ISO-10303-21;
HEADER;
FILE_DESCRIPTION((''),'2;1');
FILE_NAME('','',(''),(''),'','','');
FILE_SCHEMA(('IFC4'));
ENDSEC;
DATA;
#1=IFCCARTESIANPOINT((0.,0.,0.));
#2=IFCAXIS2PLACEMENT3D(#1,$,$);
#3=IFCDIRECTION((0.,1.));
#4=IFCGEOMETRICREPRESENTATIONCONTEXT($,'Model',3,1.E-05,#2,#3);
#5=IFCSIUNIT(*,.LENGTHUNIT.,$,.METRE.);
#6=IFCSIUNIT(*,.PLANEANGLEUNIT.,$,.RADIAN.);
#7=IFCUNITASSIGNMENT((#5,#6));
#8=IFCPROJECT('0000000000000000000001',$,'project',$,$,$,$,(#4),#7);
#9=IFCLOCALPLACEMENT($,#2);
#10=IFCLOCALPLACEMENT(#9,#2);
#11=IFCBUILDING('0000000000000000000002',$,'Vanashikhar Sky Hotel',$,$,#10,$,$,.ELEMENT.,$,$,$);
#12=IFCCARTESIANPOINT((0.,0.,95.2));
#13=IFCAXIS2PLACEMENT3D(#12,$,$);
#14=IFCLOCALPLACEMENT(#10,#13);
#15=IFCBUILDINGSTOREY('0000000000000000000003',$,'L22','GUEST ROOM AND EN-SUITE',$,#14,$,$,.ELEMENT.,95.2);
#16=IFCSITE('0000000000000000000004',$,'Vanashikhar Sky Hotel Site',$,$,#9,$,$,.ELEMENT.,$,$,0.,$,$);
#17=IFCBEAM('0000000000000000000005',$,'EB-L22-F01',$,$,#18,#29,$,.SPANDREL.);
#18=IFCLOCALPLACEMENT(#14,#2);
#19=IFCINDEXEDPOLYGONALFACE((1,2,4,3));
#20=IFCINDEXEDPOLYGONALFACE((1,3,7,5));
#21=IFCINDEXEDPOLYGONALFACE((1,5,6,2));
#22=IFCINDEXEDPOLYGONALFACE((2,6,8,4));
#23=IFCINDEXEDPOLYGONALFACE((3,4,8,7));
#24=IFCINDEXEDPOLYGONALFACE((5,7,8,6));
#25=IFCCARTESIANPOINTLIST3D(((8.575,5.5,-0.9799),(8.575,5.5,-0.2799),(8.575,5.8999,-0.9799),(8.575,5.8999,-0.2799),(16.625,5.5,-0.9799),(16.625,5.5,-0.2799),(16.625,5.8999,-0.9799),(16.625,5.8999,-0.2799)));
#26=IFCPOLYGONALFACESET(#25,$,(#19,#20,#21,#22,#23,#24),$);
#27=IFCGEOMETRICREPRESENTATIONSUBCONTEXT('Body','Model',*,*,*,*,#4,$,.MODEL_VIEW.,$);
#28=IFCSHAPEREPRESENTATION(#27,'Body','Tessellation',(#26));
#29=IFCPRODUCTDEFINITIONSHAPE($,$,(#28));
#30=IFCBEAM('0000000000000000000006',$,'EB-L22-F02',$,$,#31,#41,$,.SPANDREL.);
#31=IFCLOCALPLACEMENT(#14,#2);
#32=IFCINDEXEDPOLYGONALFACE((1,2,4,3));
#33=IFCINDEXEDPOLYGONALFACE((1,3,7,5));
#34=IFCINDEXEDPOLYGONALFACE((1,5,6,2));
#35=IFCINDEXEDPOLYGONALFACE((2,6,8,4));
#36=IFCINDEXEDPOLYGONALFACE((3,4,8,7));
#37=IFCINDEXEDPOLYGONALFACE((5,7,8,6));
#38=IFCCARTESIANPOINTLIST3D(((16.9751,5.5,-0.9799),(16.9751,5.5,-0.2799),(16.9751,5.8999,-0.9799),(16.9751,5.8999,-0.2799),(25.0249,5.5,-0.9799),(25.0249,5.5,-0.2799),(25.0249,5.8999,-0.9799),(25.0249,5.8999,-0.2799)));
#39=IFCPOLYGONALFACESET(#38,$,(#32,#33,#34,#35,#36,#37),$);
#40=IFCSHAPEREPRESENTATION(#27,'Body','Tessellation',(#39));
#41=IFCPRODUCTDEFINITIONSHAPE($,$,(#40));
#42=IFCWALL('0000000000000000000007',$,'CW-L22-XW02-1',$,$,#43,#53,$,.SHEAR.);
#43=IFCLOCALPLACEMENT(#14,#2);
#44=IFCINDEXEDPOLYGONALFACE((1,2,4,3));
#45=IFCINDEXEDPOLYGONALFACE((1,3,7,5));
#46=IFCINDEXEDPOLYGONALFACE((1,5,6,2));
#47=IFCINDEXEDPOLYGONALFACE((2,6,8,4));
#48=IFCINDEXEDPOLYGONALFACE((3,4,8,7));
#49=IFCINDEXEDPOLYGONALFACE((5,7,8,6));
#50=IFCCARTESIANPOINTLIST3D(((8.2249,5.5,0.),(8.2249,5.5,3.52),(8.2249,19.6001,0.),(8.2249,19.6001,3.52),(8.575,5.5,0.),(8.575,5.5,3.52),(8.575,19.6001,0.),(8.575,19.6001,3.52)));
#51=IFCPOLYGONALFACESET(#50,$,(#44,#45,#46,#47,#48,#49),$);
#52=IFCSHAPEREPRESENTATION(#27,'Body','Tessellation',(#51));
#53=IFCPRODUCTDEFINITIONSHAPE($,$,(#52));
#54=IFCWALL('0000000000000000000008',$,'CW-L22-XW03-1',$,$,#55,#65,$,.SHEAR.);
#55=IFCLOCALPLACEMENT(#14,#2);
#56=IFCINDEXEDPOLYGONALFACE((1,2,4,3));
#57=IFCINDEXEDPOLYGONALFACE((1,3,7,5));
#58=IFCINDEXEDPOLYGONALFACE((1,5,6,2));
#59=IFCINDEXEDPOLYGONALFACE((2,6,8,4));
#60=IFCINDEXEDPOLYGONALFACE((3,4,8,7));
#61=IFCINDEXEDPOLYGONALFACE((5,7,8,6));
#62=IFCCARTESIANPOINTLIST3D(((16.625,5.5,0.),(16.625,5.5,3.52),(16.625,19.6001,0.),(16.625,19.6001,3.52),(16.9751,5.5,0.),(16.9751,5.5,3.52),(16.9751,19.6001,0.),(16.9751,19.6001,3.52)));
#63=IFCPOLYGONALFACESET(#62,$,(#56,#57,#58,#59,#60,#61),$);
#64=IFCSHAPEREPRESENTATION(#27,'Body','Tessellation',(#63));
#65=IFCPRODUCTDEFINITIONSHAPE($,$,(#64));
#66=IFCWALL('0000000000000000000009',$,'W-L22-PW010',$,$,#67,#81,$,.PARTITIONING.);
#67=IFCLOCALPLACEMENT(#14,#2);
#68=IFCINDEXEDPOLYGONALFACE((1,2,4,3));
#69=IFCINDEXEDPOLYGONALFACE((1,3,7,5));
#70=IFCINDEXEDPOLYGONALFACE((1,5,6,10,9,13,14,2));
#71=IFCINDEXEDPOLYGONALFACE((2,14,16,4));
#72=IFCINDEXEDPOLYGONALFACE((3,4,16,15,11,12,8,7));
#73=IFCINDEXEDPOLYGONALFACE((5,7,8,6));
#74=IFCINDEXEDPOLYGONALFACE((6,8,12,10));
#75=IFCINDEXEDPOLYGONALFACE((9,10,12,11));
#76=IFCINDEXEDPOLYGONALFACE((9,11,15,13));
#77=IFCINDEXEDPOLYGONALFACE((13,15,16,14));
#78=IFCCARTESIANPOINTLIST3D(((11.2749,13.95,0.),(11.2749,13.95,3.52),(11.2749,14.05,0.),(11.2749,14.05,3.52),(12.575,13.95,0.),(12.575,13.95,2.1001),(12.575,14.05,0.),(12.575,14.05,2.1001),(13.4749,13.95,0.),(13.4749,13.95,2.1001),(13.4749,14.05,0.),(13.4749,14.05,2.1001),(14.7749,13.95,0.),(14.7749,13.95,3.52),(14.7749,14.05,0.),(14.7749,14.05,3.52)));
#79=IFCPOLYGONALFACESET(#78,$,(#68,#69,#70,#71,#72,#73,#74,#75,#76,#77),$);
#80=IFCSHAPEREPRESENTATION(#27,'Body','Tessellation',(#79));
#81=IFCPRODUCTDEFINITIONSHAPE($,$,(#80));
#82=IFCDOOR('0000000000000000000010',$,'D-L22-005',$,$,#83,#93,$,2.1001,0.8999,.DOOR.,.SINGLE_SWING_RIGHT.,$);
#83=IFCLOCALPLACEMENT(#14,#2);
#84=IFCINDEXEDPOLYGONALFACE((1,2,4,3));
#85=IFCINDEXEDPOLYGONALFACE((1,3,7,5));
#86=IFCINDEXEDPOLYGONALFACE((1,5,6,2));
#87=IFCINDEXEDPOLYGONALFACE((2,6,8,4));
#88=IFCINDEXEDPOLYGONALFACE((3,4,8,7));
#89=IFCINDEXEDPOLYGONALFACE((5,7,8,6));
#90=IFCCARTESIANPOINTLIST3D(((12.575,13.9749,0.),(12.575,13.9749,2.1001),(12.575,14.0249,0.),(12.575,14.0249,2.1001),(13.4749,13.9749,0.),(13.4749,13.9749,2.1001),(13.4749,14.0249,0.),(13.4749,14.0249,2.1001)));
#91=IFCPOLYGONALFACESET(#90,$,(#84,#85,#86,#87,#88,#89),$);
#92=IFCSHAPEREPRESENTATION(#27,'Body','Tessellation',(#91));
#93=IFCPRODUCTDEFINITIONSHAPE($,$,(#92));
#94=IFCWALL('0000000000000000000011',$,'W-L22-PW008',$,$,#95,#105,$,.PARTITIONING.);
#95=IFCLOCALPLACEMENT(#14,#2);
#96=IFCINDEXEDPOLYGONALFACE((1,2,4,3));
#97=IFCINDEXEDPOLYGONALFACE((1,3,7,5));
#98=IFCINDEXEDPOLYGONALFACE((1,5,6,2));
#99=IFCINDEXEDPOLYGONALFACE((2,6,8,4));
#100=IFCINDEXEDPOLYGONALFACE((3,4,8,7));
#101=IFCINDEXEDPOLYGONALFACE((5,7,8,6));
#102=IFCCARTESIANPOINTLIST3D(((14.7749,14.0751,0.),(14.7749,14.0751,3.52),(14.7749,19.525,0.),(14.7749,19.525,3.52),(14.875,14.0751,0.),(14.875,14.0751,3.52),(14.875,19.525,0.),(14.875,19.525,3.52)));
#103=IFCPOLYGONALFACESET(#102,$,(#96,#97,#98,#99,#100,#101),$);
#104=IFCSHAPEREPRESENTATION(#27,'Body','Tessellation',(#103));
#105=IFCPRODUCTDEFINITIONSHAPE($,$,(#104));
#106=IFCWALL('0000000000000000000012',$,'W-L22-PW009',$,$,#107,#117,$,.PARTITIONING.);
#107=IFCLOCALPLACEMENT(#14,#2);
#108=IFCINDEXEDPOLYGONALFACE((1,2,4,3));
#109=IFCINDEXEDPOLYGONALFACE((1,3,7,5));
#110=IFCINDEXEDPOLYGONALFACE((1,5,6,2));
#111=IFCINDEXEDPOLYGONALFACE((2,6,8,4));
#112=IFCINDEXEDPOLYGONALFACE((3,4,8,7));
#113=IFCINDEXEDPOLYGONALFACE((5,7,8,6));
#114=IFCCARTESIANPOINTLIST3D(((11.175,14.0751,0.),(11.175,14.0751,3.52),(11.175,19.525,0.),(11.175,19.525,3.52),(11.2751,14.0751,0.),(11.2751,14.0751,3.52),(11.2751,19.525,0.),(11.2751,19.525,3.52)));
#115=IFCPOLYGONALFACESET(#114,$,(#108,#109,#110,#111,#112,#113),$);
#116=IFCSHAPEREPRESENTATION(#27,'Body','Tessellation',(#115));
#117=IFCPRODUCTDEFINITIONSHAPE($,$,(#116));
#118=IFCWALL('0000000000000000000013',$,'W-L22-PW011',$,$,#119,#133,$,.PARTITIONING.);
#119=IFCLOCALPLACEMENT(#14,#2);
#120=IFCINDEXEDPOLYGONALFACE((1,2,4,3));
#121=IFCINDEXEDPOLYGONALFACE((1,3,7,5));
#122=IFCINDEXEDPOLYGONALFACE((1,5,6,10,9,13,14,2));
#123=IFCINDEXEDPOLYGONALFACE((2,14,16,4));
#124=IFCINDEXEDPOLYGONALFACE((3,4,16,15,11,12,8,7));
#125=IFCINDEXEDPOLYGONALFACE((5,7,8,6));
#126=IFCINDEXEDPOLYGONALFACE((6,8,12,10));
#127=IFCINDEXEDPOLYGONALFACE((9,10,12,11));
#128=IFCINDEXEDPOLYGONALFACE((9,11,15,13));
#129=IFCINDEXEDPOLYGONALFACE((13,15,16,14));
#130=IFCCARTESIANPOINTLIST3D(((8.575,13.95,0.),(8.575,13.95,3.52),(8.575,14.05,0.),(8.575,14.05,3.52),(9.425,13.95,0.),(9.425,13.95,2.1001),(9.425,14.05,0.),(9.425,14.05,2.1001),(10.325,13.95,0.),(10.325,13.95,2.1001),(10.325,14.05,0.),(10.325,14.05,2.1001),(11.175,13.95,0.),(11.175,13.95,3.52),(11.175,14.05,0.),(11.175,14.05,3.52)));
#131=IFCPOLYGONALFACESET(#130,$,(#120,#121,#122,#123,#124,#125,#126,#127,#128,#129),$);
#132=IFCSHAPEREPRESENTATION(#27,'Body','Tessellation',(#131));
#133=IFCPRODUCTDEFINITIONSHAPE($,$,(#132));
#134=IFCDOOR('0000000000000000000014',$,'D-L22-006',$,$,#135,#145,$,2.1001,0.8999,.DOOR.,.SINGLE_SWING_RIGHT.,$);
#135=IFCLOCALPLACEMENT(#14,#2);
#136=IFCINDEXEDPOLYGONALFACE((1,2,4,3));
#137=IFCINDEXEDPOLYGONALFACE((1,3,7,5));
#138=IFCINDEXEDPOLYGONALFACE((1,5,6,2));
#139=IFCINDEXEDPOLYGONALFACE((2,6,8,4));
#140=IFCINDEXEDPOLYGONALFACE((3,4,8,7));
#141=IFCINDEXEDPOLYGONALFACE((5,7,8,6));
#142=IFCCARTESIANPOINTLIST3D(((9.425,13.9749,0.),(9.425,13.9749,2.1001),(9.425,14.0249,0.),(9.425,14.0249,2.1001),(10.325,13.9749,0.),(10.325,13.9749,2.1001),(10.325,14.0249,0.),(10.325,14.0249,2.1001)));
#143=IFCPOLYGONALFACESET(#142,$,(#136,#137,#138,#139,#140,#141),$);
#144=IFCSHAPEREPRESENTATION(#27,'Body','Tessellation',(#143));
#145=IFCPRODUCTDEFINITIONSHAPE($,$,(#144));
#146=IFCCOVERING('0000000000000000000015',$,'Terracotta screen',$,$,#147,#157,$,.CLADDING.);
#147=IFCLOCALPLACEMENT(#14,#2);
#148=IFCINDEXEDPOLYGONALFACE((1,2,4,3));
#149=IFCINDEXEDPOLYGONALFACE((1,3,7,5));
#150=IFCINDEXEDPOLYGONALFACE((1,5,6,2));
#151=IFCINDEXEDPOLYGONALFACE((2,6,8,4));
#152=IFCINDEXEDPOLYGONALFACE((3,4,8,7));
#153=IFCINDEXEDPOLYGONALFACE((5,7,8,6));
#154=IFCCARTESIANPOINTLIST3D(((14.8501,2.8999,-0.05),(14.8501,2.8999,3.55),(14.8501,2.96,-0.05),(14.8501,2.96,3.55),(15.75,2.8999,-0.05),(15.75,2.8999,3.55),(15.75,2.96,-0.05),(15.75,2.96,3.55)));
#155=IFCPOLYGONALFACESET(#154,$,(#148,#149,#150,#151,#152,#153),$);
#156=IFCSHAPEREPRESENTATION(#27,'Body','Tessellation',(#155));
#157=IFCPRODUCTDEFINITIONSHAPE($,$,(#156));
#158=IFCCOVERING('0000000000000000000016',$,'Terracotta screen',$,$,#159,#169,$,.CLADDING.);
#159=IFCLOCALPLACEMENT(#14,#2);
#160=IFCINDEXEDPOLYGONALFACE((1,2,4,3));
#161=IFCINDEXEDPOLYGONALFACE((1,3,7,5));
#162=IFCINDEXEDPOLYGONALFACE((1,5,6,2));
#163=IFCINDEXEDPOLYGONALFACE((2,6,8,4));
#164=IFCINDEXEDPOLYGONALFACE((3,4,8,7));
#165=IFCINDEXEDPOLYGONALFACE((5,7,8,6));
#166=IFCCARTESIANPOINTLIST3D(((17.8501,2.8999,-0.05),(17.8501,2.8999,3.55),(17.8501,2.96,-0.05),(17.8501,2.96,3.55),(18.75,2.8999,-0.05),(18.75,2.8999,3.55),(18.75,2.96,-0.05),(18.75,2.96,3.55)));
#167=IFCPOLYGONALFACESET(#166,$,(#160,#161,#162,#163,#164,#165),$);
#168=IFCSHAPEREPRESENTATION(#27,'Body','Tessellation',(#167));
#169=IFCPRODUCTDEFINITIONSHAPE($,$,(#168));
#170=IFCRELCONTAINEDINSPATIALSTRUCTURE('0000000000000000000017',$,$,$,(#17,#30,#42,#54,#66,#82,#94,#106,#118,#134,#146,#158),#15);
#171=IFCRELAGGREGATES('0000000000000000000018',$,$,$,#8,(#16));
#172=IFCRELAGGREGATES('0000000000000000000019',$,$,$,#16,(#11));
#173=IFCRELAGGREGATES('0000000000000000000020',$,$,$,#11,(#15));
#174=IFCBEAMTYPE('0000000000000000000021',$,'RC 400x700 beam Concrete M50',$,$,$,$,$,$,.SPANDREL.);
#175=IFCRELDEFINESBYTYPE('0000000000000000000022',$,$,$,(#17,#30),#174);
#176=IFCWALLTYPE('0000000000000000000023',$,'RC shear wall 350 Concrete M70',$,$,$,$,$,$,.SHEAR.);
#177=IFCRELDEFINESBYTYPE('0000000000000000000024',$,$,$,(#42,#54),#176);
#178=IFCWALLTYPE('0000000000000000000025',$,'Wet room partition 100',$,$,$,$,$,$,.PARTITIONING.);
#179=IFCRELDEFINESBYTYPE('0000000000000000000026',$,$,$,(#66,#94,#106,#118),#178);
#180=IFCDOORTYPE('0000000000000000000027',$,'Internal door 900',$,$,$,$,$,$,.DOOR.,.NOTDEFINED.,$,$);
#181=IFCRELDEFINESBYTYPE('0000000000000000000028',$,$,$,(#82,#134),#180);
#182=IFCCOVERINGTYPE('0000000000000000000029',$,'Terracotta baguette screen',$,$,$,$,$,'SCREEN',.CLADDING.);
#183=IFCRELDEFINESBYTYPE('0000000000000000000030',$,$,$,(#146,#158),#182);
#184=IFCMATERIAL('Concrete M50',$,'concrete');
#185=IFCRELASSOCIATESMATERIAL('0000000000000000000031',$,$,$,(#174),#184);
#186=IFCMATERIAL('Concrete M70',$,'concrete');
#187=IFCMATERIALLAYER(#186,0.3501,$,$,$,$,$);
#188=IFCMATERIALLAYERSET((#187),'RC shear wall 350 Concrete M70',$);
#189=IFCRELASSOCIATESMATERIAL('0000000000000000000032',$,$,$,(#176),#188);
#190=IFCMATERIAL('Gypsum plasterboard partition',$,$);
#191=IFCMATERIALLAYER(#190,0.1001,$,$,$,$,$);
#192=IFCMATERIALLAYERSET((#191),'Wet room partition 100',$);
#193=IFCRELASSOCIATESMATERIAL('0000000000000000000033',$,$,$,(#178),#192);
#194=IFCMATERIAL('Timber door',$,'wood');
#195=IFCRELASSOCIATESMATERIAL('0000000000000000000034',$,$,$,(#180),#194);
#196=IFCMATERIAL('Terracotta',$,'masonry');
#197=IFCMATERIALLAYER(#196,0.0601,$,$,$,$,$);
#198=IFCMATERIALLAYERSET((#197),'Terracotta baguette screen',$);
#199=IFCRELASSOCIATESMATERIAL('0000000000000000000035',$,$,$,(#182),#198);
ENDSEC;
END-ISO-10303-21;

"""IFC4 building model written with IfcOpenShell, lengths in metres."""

from ifc_helpers import new_model, si_unit, direction, frame, frame_2d, origin, origin_2d, place, context, subcontext, project, spatial, rectangle, extrude, source, transform, mapped, material, layer, layer_set, material_profile, profile_set, type_object, element, fill, save


model = new_model("IFC4")

# Units and contexts
model_context = context("Model", 3, precision=1e-05, world=origin(), true_north=direction((0.0, 1.0)))
body_context = subcontext(model_context, "Body", "Model", "MODEL_VIEW")
ifc_project = project(units=[si_unit("LENGTHUNIT", "METRE"), si_unit("PLANEANGLEUNIT", "RADIAN")], contexts=[model_context])

# Site, building, storey
site_placement = place(None, origin())
site = spatial("IfcSite", under=ifc_project, at=site_placement, Name="Vanashikhar Sky Hotel Site", CompositionType="ELEMENT", RefElevation=0.0)
building_placement = place(site_placement, origin())
building = spatial("IfcBuilding", under=site, at=building_placement, Name="Vanashikhar Sky Hotel", CompositionType="ELEMENT")
storey_placement = place(building_placement, frame((0.0, 0.0, 95.2)))
storey = spatial("IfcBuildingStorey", under=building, at=storey_placement, Name="L22", Description="GUEST ROOM AND EN-SUITE", CompositionType="ELEMENT", Elevation=95.2)

# Beams
ifc_material_1 = material(Name="Concrete M50", Category="concrete")
ifc_material_profile = material_profile(ifc_material_1, rectangle(XDim=0.3999, YDim=0.7, at=origin_2d()))
ifc_profile_set = profile_set([ifc_material_profile], Name="RC 400x700 beam Concrete M50")
beam_type = type_object("IfcBeamType", Name="RC 400x700 beam Concrete M50", PredefinedType="SPANDREL", material=ifc_profile_set)
shared_shape_1 = source(origin(), body_context, "Body", "SweptSolid", [
    extrude(rectangle(XDim=0.3999, YDim=0.7, at=origin_2d()), origin(), (0.0, 0.0, 1.0), 8.05),
])
beam_1_placement = place(storey_placement, frame((8.575, 5.7, -0.6299), z_axis=(1.0, 0.0, 0.0), x_axis=(0.0, 1.0, 0.0)))
element("IfcBeam", 1, at=beam_1_placement, inside=storey, type_object=beam_type, Name="EB-L22-F01", PredefinedType="SPANDREL", context=body_context, shape_type="MappedRepresentation", body=[
    mapped(shared_shape_1, transform((0.0, 0.0, 0.0), scale=1.0)),
])
shared_shape_2 = source(origin(), body_context, "Body", "SweptSolid", [
    extrude(rectangle(XDim=0.3999, YDim=0.7, at=origin_2d()), origin(), (0.0, 0.0, 1.0), 8.0498),
])
beam_2_placement = place(storey_placement, frame((16.9751, 5.7, -0.6299), z_axis=(1.0, 0.0, 0.0), x_axis=(0.0, 1.0, 0.0)))
element("IfcBeam", 2, at=beam_2_placement, inside=storey, type_object=beam_type, Name="EB-L22-F02", PredefinedType="SPANDREL", context=body_context, shape_type="MappedRepresentation", body=[
    mapped(shared_shape_2, transform((0.0, 0.0, 0.0), scale=1.0)),
])

# Walls
ifc_material_2 = material(Name="Concrete M70", Category="concrete")
ifc_layer_1 = layer(ifc_material_2, 0.3501)
ifc_layer_set_1 = layer_set([ifc_layer_1], Name="RC shear wall 350 Concrete M70")
wall_type_1 = type_object("IfcWallType", Name="RC shear wall 350 Concrete M70", PredefinedType="SHEAR", material=ifc_layer_set_1)
shared_shape_3 = source(origin(), body_context, "Body", "SweptSolid", [
    extrude(rectangle(XDim=14.1001, YDim=0.3501, at=frame_2d((7.05, 0.0))), origin(), (0.0, 0.0, 1.0), 3.52),
])
for number, where, z_axis, x_axis, name in (
    (3, (8.3999, 5.5, 0.0), (0.0, 0.0, 1.0), (0.0, 1.0, 0.0), "CW-L22-XW02-1"),
    (4, (16.8, 5.5, 0.0), (0.0, 0.0, 1.0), (0.0, 1.0, 0.0), "CW-L22-XW03-1"),
):
    element("IfcWall", number, at=place(storey_placement, frame(where, z_axis=z_axis, x_axis=x_axis)), inside=storey, type_object=wall_type_1, Name=name, PredefinedType="SHEAR", context=body_context, shape_type="MappedRepresentation", body=[
        mapped(shared_shape_3, transform((0.0, 0.0, 0.0), scale=1.0)),
    ])

# Wall, opening, door
ifc_material_3 = material(Name="Gypsum plasterboard partition")
ifc_layer_2 = layer(ifc_material_3, 0.1001)
ifc_layer_set_2 = layer_set([ifc_layer_2], Name="Wet room partition 100")
wall_type_2 = type_object("IfcWallType", Name="Wet room partition 100", PredefinedType="PARTITIONING", material=ifc_layer_set_2)
shared_shape_4 = source(origin(), body_context, "Body", "SweptSolid", [
    extrude(rectangle(XDim=3.5, YDim=0.1001, at=frame_2d((1.75, 0.0))), origin(), (0.0, 0.0, 1.0), 3.52),
])
wall_1_placement = place(storey_placement, frame((11.2749, 14.0, 0.0), z_axis=(0.0, 0.0, 1.0), x_axis=(1.0, 0.0, 0.0)))
wall_1 = element("IfcWall", 5, at=wall_1_placement, inside=storey, type_object=wall_type_2, Name="W-L22-PW010", PredefinedType="PARTITIONING", context=body_context, shape_type="MappedRepresentation", body=[
    mapped(shared_shape_4, transform((0.0, 0.0, 0.0), scale=1.0)),
])
shared_shape_5 = source(origin(), body_context, "Body", "SweptSolid", [
    extrude(rectangle(XDim=0.8999, YDim=2.1001, at=frame_2d((0.45, 1.05))), frame((0.0, 0.0601, 0.0), z_axis=(0.0, -1.0, 0.0), x_axis=(1.0, 0.0, 0.0)), (0.0, 0.0, 1.0), 0.1201),
])
opening_1_placement = place(wall_1_placement, frame((1.3, 0.0, 0.0)))
opening_1 = element("IfcOpeningElement", 6, at=opening_1_placement, cuts=wall_1, PredefinedType="OPENING", context=body_context, shape_type="MappedRepresentation", body=[
    mapped(shared_shape_5, transform((0.0, 0.0, 0.0), scale=1.0)),
])
ifc_material_4 = material(Name="Timber door", Category="wood")
door_type_1 = type_object("IfcDoorType", Name="Internal door 900", OperationType="NOTDEFINED", PredefinedType="DOOR", material=ifc_material_4)
shared_shape_6 = source(origin(), body_context, "Body", "SweptSolid", [
    extrude(rectangle(XDim=0.8999, YDim=2.1001, at=frame_2d((0.45, 1.05))), frame((0.0, 0.0249, 0.0), z_axis=(0.0, -1.0, 0.0), x_axis=(1.0, 0.0, 0.0)), (0.0, 0.0, 1.0), 0.05),
])
door_1_placement = place(opening_1_placement, origin())
door_1 = element("IfcDoor", 7, at=door_1_placement, inside=storey, type_object=door_type_1, Name="D-L22-005", OperationType="SINGLE_SWING_RIGHT", OverallHeight=2.1001, OverallWidth=0.8999, PredefinedType="DOOR", context=body_context, shape_type="MappedRepresentation", body=[
    mapped(shared_shape_6, transform((0.0, 0.0, 0.0), scale=1.0)),
])
fill(opening_1, door_1)

# Walls
shared_shape_7 = source(origin(), body_context, "Body", "SweptSolid", [
    extrude(rectangle(XDim=5.45, YDim=0.1001, at=frame_2d((2.7251, 0.0))), origin(), (0.0, 0.0, 1.0), 3.52),
])
for number, where, z_axis, x_axis, name in (
    (8, (14.825, 14.075, 0.0), (0.0, 0.0, 1.0), (0.0, 1.0, 0.0), "W-L22-PW008"),
    (9, (11.2251, 14.075, 0.0), (0.0, 0.0, 1.0), (0.0, 1.0, 0.0), "W-L22-PW009"),
):
    element("IfcWall", number, at=place(storey_placement, frame(where, z_axis=z_axis, x_axis=x_axis)), inside=storey, type_object=wall_type_2, Name=name, PredefinedType="PARTITIONING", context=body_context, shape_type="MappedRepresentation", body=[
        mapped(shared_shape_7, transform((0.0, 0.0, 0.0), scale=1.0)),
    ])

# Wall, opening, door
shared_shape_8 = source(origin(), body_context, "Body", "SweptSolid", [
    extrude(rectangle(XDim=2.6001, YDim=0.1001, at=frame_2d((1.3, 0.0))), origin(), (0.0, 0.0, 1.0), 3.52),
])
wall_2_placement = place(storey_placement, frame((8.575, 14.0, 0.0), z_axis=(0.0, 0.0, 1.0), x_axis=(1.0, 0.0, 0.0)))
wall_2 = element("IfcWall", 10, at=wall_2_placement, inside=storey, type_object=wall_type_2, Name="W-L22-PW011", PredefinedType="PARTITIONING", context=body_context, shape_type="MappedRepresentation", body=[
    mapped(shared_shape_8, transform((0.0, 0.0, 0.0), scale=1.0)),
])
opening_2_placement = place(wall_2_placement, frame((0.8501, 0.0, 0.0)))
opening_2 = element("IfcOpeningElement", 11, at=opening_2_placement, cuts=wall_2, PredefinedType="OPENING", context=body_context, shape_type="MappedRepresentation", body=[
    mapped(shared_shape_5, transform((0.0, 0.0, 0.0), scale=1.0)),
])
door_2_placement = place(opening_2_placement, origin())
door_2 = element("IfcDoor", 12, at=door_2_placement, inside=storey, type_object=door_type_1, Name="D-L22-006", OperationType="SINGLE_SWING_RIGHT", OverallHeight=2.1001, OverallWidth=0.8999, PredefinedType="DOOR", context=body_context, shape_type="MappedRepresentation", body=[
    mapped(shared_shape_6, transform((0.0, 0.0, 0.0), scale=1.0)),
])
fill(opening_2, door_2)

# Coverings
ifc_material_5 = material(Name="Terracotta", Category="masonry")
ifc_layer_3 = layer(ifc_material_5, 0.0601)
ifc_layer_set_3 = layer_set([ifc_layer_3], Name="Terracotta baguette screen")
covering_type = type_object("IfcCoveringType", Name="Terracotta baguette screen", ElementType="SCREEN", PredefinedType="CLADDING", material=ifc_layer_set_3)
shared_shape_9 = source(origin(), body_context, "Body", "SweptSolid", [
    extrude(rectangle(XDim=0.8999, YDim=0.0601, at=origin_2d()), origin(), (0.0, 0.0, 1.0), 3.6001),
])
for number, where, z_axis, x_axis, name in (
    (13, (15.3, 2.9299, -0.05), (0.0, 0.0, 1.0), (1.0, 0.0, 0.0), "Terracotta screen"),
    (14, (18.3, 2.9299, -0.05), (0.0, 0.0, 1.0), (1.0, 0.0, 0.0), "Terracotta screen"),
):
    element("IfcCovering", number, at=place(storey_placement, frame(where, z_axis=z_axis, x_axis=x_axis)), inside=storey, type_object=covering_type, Name=name, PredefinedType="CLADDING", context=body_context, shape_type="MappedRepresentation", body=[
        mapped(shared_shape_9, transform((0.0, 0.0, 0.0), scale=1.0)),
    ])

save(model, "model.ifc")
